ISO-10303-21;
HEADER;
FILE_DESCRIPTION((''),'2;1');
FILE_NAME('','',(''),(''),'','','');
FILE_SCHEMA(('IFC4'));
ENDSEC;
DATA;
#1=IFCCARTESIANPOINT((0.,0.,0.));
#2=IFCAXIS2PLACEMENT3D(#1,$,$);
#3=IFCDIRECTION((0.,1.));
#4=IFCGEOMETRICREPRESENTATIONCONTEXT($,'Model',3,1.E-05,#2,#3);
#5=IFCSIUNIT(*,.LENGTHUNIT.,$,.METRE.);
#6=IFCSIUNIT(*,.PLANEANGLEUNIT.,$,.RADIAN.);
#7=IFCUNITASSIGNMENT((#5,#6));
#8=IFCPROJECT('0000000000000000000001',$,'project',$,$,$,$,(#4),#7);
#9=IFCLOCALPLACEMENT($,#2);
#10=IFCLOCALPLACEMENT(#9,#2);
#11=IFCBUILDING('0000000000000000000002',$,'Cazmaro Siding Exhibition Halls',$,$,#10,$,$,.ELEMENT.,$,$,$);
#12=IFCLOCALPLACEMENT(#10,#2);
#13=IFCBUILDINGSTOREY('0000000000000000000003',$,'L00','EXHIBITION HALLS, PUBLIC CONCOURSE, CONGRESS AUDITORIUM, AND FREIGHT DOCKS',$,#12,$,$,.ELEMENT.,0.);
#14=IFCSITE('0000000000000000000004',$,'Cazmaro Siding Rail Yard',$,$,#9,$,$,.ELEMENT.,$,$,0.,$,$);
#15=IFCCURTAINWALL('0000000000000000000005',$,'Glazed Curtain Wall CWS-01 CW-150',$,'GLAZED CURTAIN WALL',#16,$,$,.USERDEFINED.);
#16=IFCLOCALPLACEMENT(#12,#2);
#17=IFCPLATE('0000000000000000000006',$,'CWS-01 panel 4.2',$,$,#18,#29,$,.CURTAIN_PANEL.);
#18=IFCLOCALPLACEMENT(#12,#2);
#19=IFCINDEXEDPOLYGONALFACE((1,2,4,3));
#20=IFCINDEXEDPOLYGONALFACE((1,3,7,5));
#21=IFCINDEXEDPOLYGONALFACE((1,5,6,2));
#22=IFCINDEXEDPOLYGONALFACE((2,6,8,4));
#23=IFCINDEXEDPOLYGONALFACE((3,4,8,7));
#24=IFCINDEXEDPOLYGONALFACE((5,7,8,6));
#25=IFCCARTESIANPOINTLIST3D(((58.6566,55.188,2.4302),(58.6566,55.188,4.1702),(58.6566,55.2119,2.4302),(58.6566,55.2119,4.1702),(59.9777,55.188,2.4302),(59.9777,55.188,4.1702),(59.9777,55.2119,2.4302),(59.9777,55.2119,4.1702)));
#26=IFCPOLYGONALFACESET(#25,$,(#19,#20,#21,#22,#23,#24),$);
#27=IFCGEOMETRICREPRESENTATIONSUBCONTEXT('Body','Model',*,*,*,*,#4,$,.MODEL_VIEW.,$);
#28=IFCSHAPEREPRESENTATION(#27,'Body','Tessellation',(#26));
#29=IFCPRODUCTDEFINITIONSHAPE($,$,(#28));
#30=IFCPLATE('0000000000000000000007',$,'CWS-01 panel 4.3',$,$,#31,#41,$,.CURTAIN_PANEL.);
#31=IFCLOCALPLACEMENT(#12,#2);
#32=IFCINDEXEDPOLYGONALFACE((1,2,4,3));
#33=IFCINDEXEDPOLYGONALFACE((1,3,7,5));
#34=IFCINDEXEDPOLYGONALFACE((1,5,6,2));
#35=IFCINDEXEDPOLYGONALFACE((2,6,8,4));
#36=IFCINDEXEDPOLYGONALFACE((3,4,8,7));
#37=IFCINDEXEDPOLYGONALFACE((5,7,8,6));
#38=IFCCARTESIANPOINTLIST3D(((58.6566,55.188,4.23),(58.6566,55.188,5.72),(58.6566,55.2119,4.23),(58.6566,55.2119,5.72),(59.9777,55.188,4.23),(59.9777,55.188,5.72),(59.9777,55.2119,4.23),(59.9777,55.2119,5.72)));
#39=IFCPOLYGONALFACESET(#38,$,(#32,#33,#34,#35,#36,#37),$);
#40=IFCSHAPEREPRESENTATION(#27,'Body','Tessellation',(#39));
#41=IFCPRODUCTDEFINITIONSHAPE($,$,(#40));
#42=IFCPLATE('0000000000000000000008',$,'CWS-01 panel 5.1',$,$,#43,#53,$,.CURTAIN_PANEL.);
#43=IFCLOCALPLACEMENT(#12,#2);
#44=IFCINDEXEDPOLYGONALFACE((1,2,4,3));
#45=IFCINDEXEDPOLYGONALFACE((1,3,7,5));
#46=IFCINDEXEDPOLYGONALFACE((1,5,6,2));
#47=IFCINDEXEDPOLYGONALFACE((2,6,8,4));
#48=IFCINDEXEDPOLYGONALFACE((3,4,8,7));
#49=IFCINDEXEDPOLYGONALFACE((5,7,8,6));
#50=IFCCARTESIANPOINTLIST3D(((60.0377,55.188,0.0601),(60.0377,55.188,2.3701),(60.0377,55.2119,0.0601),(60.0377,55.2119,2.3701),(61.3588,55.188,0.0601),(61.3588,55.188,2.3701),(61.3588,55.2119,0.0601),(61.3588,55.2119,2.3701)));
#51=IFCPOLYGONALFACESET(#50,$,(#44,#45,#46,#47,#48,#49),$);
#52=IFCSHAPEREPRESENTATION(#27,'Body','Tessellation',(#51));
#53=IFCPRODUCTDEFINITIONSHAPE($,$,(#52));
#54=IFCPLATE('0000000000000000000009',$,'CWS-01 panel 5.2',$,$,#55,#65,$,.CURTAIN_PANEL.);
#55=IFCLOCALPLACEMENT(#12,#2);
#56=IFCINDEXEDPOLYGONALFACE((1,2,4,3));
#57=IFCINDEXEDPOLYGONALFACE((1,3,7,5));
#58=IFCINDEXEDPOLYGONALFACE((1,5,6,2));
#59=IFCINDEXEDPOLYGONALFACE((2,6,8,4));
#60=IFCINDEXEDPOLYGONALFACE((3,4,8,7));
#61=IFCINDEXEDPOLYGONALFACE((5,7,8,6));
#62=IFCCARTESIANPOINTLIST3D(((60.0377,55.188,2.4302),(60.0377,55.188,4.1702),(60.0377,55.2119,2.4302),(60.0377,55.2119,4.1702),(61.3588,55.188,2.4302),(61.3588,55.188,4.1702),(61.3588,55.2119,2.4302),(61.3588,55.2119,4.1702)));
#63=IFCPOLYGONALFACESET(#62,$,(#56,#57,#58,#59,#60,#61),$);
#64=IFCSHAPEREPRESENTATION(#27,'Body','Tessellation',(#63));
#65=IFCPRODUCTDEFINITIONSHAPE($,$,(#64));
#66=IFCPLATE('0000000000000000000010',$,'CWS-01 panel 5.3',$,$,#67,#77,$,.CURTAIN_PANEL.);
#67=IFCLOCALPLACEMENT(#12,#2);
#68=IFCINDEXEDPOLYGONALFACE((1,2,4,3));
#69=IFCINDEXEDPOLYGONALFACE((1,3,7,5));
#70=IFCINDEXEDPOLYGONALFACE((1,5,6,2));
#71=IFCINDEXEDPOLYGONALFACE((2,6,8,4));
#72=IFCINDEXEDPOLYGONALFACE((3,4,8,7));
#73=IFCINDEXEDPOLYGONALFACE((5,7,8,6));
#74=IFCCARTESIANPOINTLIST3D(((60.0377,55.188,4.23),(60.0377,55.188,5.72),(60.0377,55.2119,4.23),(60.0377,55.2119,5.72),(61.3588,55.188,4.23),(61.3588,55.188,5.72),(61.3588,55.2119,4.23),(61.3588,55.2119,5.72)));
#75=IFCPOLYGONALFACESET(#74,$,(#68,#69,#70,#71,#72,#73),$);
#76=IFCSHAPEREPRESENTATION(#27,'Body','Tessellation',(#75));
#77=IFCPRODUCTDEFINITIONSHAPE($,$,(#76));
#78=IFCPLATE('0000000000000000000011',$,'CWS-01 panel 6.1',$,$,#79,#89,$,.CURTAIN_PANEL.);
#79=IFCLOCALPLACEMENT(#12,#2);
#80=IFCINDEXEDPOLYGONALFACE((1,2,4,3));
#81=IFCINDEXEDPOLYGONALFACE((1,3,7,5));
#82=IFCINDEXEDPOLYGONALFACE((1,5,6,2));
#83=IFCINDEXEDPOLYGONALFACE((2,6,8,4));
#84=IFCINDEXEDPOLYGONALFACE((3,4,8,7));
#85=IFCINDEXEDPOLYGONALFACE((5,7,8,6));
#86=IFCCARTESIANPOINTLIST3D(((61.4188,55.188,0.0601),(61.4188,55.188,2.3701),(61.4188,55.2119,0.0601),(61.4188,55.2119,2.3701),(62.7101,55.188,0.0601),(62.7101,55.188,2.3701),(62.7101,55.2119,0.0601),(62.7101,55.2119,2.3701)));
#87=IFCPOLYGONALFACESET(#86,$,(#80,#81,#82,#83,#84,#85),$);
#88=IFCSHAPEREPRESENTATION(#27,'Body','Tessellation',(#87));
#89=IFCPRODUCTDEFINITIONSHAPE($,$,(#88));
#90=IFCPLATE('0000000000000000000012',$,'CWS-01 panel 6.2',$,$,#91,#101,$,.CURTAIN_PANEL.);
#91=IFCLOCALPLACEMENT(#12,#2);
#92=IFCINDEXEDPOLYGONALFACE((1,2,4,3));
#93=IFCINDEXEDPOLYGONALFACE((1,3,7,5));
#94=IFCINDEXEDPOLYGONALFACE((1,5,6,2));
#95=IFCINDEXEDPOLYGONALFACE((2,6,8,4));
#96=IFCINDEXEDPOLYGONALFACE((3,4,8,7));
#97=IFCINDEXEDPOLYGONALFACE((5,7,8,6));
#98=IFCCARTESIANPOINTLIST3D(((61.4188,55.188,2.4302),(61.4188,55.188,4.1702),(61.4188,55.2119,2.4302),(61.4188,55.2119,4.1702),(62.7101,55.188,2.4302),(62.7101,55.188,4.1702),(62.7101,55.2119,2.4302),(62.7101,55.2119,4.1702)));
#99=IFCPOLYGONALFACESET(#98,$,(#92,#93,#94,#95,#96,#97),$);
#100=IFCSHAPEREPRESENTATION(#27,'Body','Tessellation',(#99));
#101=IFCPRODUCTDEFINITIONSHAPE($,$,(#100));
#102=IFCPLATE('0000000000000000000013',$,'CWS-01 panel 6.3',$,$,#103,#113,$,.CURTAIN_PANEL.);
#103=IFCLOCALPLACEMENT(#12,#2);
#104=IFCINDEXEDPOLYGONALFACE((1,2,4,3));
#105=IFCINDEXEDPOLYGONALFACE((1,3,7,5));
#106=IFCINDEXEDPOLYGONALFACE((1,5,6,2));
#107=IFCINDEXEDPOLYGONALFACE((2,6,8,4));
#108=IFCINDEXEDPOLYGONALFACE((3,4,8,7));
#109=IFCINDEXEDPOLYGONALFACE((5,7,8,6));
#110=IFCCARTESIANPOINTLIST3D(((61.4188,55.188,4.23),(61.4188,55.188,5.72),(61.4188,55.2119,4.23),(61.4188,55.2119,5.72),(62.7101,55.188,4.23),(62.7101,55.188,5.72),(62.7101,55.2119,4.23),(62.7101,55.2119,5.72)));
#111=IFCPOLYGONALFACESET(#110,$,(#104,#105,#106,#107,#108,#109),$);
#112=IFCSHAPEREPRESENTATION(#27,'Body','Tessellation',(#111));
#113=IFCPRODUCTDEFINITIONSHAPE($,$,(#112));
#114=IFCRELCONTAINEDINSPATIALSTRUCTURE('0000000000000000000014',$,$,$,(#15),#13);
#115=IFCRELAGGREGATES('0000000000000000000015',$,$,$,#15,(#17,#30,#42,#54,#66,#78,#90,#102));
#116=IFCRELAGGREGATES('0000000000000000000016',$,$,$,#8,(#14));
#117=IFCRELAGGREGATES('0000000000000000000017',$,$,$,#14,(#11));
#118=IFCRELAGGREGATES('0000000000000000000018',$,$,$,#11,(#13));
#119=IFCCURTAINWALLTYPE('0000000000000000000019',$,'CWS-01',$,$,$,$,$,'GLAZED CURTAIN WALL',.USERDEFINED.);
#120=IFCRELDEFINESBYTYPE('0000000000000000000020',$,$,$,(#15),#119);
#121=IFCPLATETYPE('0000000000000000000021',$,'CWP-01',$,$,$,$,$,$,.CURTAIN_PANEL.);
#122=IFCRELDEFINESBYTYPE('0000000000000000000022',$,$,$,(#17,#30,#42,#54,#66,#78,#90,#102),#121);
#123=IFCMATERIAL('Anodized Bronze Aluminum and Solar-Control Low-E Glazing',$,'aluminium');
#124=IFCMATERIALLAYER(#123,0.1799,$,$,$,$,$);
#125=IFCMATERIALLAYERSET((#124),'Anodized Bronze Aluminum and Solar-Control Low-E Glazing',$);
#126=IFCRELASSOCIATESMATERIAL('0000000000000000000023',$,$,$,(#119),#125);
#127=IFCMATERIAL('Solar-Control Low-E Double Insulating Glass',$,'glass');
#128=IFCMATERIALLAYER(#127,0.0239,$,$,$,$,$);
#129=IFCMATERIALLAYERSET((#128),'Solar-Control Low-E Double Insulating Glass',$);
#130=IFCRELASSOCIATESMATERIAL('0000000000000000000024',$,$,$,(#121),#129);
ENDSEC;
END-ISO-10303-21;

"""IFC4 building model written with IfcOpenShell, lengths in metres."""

from ifc_helpers import new_model, si_unit, direction, frame, origin, origin_2d, place, context, subcontext, project, spatial, rectangle, extrude, material, layer, layer_set, type_object, element, aggregate, save


model = new_model("IFC4")

# Units and contexts
model_context = context("Model", 3, precision=1e-05, world=origin(), true_north=direction((0.0, 1.0)))
body_context = subcontext(model_context, "Body", "Model", "MODEL_VIEW")
ifc_project = project(units=[si_unit("LENGTHUNIT", "METRE"), si_unit("PLANEANGLEUNIT", "RADIAN")], contexts=[model_context])

# Site, building, storey
site_placement = place(None, origin())
site = spatial("IfcSite", under=ifc_project, at=site_placement, Name="Cazmaro Siding Rail Yard", CompositionType="ELEMENT", RefElevation=0.0)
building_placement = place(site_placement, origin())
building = spatial("IfcBuilding", under=site, at=building_placement, Name="Cazmaro Siding Exhibition Halls", CompositionType="ELEMENT")
storey_placement = place(building_placement, origin())
storey = spatial("IfcBuildingStorey", under=building, at=storey_placement, Name="L00", Description="EXHIBITION HALLS, PUBLIC CONCOURSE, CONGRESS AUDITORIUM, AND FREIGHT DOCKS", CompositionType="ELEMENT", Elevation=0.0)

# Curtain wall, plates
ifc_material_1 = material(Name="Anodized Bronze Aluminum and Solar-Control Low-E Glazing", Category="aluminium")
ifc_layer_1 = layer(ifc_material_1, 0.1799)
ifc_layer_set_1 = layer_set([ifc_layer_1], Name="Anodized Bronze Aluminum and Solar-Control Low-E Glazing")
curtain_wall_type = type_object("IfcCurtainWallType", Name="CWS-01", ElementType="GLAZED CURTAIN WALL", PredefinedType="USERDEFINED", material=ifc_layer_set_1)
curtain_wall_placement = place(storey_placement, origin())
curtain_wall = element("IfcCurtainWall", 1, at=curtain_wall_placement, inside=storey, type_object=curtain_wall_type, Name="Glazed Curtain Wall CWS-01 CW-150", ObjectType="GLAZED CURTAIN WALL", PredefinedType="USERDEFINED")
ifc_material_2 = material(Name="Solar-Control Low-E Double Insulating Glass", Category="glass")
ifc_layer_2 = layer(ifc_material_2, 0.0239)
ifc_layer_set_2 = layer_set([ifc_layer_2], Name="Solar-Control Low-E Double Insulating Glass")
plate_type = type_object("IfcPlateType", Name="CWP-01", PredefinedType="CURTAIN_PANEL", material=ifc_layer_set_2)
plate_1_placement = place(storey_placement, frame((59.3171, 55.2, 2.4302), z_axis=(0.0, 0.0, 1.0), x_axis=(1.0, 0.0, 0.0)))
plate_1 = element("IfcPlate", 2, at=plate_1_placement, type_object=plate_type, Name="CWS-01 panel 4.2", PredefinedType="CURTAIN_PANEL", context=body_context, shape_type="SweptSolid", body=[
    extrude(rectangle(XDim=1.321, YDim=0.0239, at=origin_2d()), origin(), (0.0, 0.0, 1.0), 1.74),
])
plate_2_placement = place(storey_placement, frame((59.3171, 55.2, 4.23), z_axis=(0.0, 0.0, 1.0), x_axis=(1.0, 0.0, 0.0)))
plate_2 = element("IfcPlate", 3, at=plate_2_placement, type_object=plate_type, Name="CWS-01 panel 4.3", PredefinedType="CURTAIN_PANEL", context=body_context, shape_type="SweptSolid", body=[
    extrude(rectangle(XDim=1.321, YDim=0.0239, at=origin_2d()), origin(), (0.0, 0.0, 1.0), 1.49),
])
plate_3_placement = place(storey_placement, frame((60.6982, 55.2, 0.0601), z_axis=(0.0, 0.0, 1.0), x_axis=(1.0, 0.0, 0.0)))
plate_3 = element("IfcPlate", 4, at=plate_3_placement, type_object=plate_type, Name="CWS-01 panel 5.1", PredefinedType="CURTAIN_PANEL", context=body_context, shape_type="SweptSolid", body=[
    extrude(rectangle(XDim=1.321, YDim=0.0239, at=origin_2d()), origin(), (0.0, 0.0, 1.0), 2.3101),
])
plate_4_placement = place(storey_placement, frame((60.6982, 55.2, 2.4302), z_axis=(0.0, 0.0, 1.0), x_axis=(1.0, 0.0, 0.0)))
plate_4 = element("IfcPlate", 5, at=plate_4_placement, type_object=plate_type, Name="CWS-01 panel 5.2", PredefinedType="CURTAIN_PANEL", context=body_context, shape_type="SweptSolid", body=[
    extrude(rectangle(XDim=1.321, YDim=0.0239, at=origin_2d()), origin(), (0.0, 0.0, 1.0), 1.74),
])
plate_5_placement = place(storey_placement, frame((60.6982, 55.2, 4.23), z_axis=(0.0, 0.0, 1.0), x_axis=(1.0, 0.0, 0.0)))
plate_5 = element("IfcPlate", 6, at=plate_5_placement, type_object=plate_type, Name="CWS-01 panel 5.3", PredefinedType="CURTAIN_PANEL", context=body_context, shape_type="SweptSolid", body=[
    extrude(rectangle(XDim=1.321, YDim=0.0239, at=origin_2d()), origin(), (0.0, 0.0, 1.0), 1.49),
])
plate_6_placement = place(storey_placement, frame((62.0645, 55.2, 0.0601), z_axis=(0.0, 0.0, 1.0), x_axis=(1.0, 0.0, 0.0)))
plate_6 = element("IfcPlate", 7, at=plate_6_placement, type_object=plate_type, Name="CWS-01 panel 6.1", PredefinedType="CURTAIN_PANEL", context=body_context, shape_type="SweptSolid", body=[
    extrude(rectangle(XDim=1.2913, YDim=0.0239, at=origin_2d()), origin(), (0.0, 0.0, 1.0), 2.3101),
])
plate_7_placement = place(storey_placement, frame((62.0645, 55.2, 2.4302), z_axis=(0.0, 0.0, 1.0), x_axis=(1.0, 0.0, 0.0)))
plate_7 = element("IfcPlate", 8, at=plate_7_placement, type_object=plate_type, Name="CWS-01 panel 6.2", PredefinedType="CURTAIN_PANEL", context=body_context, shape_type="SweptSolid", body=[
    extrude(rectangle(XDim=1.2913, YDim=0.0239, at=origin_2d()), origin(), (0.0, 0.0, 1.0), 1.74),
])
plate_8_placement = place(storey_placement, frame((62.0645, 55.2, 4.23), z_axis=(0.0, 0.0, 1.0), x_axis=(1.0, 0.0, 0.0)))
plate_8 = element("IfcPlate", 9, at=plate_8_placement, type_object=plate_type, Name="CWS-01 panel 6.3", PredefinedType="CURTAIN_PANEL", context=body_context, shape_type="SweptSolid", body=[
    extrude(rectangle(XDim=1.2913, YDim=0.0239, at=origin_2d()), origin(), (0.0, 0.0, 1.0), 1.49),
])
aggregate(curtain_wall, [plate_1, plate_2, plate_3, plate_4, plate_5, plate_6, plate_7, plate_8])

save(model, "model.ifc")
